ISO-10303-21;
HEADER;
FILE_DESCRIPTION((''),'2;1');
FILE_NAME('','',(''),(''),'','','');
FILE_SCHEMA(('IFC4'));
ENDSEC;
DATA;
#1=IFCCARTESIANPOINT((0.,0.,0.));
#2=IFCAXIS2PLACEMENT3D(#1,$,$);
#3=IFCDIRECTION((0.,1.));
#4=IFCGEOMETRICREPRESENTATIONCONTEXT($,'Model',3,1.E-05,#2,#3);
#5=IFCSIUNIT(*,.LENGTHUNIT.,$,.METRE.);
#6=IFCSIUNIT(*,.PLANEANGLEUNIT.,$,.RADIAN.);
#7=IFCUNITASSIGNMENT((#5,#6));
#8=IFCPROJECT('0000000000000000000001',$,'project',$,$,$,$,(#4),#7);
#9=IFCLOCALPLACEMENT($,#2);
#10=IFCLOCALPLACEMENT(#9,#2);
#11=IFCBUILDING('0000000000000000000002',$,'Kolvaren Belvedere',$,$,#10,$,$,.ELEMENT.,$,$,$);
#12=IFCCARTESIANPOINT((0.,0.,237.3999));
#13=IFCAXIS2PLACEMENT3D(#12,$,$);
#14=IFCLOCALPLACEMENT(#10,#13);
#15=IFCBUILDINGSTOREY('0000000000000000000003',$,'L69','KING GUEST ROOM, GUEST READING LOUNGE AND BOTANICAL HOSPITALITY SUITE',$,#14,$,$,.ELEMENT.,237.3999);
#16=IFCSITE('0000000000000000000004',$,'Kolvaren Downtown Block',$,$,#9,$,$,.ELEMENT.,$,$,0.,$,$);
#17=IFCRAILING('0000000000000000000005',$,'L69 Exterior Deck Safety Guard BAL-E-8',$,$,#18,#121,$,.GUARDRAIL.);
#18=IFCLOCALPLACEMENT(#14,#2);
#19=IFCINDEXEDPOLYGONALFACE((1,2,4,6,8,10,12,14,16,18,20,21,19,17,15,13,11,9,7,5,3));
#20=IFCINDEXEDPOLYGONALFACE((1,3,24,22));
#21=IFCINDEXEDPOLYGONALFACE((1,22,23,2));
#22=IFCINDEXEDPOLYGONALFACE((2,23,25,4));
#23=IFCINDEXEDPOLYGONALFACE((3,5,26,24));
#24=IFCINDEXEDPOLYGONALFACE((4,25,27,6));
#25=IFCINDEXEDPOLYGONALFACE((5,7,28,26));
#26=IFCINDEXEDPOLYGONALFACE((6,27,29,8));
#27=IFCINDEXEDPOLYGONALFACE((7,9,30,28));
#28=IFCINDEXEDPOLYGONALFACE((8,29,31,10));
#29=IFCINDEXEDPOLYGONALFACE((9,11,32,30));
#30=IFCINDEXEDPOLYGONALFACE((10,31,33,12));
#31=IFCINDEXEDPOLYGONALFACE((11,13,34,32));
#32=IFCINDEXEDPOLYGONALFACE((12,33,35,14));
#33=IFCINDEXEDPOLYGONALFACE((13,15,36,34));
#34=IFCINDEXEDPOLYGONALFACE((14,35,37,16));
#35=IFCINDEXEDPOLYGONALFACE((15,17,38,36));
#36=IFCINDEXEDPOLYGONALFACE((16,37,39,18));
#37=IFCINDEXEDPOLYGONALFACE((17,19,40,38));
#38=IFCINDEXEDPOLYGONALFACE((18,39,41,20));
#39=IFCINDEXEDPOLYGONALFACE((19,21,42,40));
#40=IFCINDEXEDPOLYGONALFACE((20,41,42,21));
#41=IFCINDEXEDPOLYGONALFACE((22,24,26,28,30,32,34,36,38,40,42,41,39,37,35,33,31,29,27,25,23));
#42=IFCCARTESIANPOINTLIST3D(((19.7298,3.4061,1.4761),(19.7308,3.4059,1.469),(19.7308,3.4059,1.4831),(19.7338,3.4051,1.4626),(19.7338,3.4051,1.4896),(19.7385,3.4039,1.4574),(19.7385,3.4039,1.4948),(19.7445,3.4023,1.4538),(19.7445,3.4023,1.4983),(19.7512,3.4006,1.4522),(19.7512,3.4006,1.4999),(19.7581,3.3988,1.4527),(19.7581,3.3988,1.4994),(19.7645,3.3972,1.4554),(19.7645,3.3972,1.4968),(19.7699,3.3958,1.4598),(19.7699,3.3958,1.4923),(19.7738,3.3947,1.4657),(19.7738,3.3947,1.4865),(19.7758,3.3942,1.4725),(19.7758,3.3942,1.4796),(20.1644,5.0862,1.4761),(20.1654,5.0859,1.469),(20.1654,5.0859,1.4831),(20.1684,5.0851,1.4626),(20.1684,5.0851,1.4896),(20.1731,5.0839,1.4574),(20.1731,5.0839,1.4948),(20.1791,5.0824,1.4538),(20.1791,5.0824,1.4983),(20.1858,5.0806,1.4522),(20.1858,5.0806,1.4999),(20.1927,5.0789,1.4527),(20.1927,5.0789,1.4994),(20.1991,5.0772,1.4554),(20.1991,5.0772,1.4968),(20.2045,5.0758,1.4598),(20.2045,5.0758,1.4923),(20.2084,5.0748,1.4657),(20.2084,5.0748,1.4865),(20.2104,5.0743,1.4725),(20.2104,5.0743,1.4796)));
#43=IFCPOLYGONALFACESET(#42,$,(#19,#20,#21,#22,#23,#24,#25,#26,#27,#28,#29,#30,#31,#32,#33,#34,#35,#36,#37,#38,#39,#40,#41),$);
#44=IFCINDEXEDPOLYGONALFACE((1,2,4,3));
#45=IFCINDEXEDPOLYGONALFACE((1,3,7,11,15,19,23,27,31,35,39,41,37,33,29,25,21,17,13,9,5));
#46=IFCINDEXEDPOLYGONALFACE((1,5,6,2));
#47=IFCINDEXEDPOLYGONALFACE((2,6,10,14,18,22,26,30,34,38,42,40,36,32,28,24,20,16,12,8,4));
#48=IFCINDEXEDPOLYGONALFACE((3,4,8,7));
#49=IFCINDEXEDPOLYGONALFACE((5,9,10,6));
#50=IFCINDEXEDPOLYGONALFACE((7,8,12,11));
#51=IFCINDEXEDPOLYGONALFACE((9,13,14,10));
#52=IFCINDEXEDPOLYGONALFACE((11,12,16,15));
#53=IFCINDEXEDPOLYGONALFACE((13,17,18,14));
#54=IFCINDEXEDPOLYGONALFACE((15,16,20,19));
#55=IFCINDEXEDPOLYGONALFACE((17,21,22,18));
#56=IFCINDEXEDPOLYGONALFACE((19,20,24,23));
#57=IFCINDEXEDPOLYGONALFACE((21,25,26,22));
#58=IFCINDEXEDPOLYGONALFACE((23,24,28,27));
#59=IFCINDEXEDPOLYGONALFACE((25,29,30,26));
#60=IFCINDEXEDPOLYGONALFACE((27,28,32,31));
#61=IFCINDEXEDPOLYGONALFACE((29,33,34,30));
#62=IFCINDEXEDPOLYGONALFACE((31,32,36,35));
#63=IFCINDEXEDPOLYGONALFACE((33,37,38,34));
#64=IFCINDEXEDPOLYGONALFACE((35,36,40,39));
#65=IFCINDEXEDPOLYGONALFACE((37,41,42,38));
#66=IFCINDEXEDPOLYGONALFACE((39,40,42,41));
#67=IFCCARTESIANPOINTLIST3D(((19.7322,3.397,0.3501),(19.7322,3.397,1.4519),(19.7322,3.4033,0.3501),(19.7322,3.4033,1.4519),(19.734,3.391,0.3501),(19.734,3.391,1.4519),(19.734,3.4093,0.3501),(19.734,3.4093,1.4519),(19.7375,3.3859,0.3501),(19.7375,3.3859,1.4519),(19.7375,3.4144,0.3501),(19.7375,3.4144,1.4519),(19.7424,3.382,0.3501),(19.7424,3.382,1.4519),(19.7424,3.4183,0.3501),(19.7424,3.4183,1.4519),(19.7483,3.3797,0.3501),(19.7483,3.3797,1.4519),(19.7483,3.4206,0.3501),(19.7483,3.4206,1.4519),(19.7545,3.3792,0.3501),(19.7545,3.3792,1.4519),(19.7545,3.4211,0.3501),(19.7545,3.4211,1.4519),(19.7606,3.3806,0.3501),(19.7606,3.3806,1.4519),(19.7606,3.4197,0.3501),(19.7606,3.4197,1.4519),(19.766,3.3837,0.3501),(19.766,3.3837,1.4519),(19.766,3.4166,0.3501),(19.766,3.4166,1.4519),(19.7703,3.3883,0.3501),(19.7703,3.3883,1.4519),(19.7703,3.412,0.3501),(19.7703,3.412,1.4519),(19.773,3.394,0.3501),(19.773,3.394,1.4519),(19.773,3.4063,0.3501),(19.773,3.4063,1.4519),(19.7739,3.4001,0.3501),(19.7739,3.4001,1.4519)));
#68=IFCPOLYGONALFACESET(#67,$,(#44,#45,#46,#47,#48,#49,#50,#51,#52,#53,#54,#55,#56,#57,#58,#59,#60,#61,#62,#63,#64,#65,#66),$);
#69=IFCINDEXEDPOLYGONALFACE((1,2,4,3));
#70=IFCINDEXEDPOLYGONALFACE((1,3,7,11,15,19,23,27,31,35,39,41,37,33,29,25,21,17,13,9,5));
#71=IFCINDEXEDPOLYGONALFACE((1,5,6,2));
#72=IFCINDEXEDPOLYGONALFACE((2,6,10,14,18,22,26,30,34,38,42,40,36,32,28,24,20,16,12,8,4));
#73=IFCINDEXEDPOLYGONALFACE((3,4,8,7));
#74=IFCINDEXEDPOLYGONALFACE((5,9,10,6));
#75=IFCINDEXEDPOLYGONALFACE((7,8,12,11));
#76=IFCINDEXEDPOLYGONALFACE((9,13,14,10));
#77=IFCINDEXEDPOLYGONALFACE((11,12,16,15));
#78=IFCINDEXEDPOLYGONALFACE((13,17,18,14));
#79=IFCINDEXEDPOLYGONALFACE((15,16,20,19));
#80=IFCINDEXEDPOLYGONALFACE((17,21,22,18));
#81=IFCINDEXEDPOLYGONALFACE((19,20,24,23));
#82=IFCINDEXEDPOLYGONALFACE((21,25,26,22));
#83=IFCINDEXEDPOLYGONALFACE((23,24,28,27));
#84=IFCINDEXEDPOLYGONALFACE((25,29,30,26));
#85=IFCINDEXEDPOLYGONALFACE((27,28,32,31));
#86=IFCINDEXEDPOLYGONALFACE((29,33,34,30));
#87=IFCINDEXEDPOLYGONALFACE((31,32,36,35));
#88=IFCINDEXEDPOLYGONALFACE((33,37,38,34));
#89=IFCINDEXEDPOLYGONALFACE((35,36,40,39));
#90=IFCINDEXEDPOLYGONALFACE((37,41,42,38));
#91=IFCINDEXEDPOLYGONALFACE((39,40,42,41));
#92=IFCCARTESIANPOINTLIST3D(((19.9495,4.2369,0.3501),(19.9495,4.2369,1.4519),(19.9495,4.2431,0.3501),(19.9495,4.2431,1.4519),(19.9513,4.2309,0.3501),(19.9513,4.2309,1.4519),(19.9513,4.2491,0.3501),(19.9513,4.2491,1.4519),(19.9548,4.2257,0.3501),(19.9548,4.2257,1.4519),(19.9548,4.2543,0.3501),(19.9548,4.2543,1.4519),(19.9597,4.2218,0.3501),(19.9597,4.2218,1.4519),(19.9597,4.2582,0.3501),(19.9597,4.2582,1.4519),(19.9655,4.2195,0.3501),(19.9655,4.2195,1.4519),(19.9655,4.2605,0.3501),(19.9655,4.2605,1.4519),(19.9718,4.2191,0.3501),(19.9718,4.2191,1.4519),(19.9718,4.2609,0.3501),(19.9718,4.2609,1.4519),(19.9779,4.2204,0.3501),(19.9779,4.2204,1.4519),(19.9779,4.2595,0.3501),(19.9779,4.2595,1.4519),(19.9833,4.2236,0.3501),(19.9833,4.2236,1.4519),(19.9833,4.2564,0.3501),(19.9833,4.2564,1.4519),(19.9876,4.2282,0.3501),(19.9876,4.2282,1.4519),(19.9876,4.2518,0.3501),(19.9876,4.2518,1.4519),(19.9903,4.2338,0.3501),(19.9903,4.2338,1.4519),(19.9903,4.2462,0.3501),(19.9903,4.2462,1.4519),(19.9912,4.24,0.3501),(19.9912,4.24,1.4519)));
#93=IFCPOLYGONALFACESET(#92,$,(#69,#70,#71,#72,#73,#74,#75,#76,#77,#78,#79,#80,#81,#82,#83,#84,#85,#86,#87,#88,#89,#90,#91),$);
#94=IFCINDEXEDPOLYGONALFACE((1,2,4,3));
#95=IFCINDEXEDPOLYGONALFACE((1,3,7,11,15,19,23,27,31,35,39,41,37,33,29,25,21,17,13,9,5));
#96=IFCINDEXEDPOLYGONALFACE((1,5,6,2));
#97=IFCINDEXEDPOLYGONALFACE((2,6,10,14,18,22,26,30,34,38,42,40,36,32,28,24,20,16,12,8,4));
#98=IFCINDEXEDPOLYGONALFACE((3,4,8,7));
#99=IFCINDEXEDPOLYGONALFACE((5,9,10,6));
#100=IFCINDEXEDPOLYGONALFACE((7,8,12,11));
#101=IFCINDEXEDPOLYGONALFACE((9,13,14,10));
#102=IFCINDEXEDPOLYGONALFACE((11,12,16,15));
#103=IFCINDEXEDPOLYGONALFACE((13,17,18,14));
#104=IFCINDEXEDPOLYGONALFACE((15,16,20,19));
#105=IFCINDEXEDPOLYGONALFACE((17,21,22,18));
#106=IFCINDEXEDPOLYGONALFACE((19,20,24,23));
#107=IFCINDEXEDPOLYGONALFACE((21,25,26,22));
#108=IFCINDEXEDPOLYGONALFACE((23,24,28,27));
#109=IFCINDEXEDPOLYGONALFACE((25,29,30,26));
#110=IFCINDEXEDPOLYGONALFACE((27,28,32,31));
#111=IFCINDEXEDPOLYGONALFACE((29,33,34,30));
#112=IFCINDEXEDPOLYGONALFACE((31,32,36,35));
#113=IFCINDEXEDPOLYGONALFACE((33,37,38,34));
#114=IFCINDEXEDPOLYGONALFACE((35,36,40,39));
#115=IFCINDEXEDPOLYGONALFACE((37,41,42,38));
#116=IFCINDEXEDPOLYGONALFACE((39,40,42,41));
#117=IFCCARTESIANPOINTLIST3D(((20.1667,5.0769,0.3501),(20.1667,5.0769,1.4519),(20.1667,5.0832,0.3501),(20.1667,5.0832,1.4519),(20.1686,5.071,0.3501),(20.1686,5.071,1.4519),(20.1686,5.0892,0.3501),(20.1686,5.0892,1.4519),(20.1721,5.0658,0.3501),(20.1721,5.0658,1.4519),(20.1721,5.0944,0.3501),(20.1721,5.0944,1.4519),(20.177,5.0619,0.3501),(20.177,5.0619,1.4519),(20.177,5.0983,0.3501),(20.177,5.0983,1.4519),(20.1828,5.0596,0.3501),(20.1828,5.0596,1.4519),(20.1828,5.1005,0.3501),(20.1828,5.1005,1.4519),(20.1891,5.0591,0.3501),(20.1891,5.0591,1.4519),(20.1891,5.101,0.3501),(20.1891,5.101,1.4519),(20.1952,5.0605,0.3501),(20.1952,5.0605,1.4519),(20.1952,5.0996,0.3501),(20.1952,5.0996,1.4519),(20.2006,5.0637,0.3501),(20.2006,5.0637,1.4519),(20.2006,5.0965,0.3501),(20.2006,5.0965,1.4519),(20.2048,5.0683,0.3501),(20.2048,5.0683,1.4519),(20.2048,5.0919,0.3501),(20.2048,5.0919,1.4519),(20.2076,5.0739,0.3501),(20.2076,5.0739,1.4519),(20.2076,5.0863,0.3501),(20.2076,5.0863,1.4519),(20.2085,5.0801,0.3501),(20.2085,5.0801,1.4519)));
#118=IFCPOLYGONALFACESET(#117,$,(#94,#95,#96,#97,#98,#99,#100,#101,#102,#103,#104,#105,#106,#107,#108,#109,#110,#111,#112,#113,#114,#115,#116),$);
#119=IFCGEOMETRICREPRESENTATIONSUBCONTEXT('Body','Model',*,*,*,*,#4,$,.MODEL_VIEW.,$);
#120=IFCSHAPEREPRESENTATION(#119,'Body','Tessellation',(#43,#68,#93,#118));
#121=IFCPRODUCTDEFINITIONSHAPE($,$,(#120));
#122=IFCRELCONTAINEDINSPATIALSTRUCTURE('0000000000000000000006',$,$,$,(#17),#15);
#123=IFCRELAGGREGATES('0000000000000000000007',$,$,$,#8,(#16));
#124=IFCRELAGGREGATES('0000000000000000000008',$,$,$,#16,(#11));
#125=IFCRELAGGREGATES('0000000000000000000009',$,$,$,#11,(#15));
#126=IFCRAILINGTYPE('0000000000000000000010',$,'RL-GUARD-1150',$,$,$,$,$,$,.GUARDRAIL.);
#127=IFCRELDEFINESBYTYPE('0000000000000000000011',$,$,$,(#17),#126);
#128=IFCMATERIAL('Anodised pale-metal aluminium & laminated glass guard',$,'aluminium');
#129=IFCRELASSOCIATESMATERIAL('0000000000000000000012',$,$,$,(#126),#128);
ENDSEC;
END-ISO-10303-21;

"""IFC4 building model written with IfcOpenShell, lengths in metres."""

from ifc_helpers import new_model, si_unit, direction, frame, origin, origin_2d, place, context, subcontext, project, spatial, circle, extrude, material, type_object, element, save


model = new_model("IFC4")

# Units and contexts
model_context = context("Model", 3, precision=1e-05, world=origin(), true_north=direction((0.0, 1.0)))
body_context = subcontext(model_context, "Body", "Model", "MODEL_VIEW")
ifc_project = project(units=[si_unit("LENGTHUNIT", "METRE"), si_unit("PLANEANGLEUNIT", "RADIAN")], contexts=[model_context])

# Site, building, storey
site_placement = place(None, origin())
site = spatial("IfcSite", under=ifc_project, at=site_placement, Name="Kolvaren Downtown Block", CompositionType="ELEMENT", RefElevation=0.0)
building_placement = place(site_placement, origin())
building = spatial("IfcBuilding", under=site, at=building_placement, Name="Kolvaren Belvedere", CompositionType="ELEMENT")
storey_placement = place(building_placement, frame((0.0, 0.0, 237.3999)))
storey = spatial("IfcBuildingStorey", under=building, at=storey_placement, Name="L69", Description="KING GUEST ROOM, GUEST READING LOUNGE AND BOTANICAL HOSPITALITY SUITE", CompositionType="ELEMENT", Elevation=237.3999)

# Railing
ifc_material_1 = material(Name="Anodised pale-metal aluminium & laminated glass guard", Category="aluminium")
railing_type = type_object("IfcRailingType", Name="RL-GUARD-1150", PredefinedType="GUARDRAIL", material=ifc_material_1)
railing_1_placement = place(storey_placement, frame((19.7529, 3.4001, 0.3501)))
element("IfcRailing", 1, at=railing_1_placement, inside=storey, type_object=railing_type, Name="L69 Exterior Deck Safety Guard BAL-E-8", PredefinedType="GUARDRAIL", context=body_context, shape_type="SweptSolid", body=[
    extrude(circle(Radius=0.0239, at=origin_2d()), frame((0.0, 0.0, 1.126), z_axis=(0.25044, 0.968132, 0.0), x_axis=(-0.968132, 0.25044, 0.0)), (0.0, 0.0, 1.0), 1.7354),
    extrude(circle(Radius=0.021, at=origin_2d()), origin(), (0.0, 0.0, 1.0), 1.1018),
    extrude(circle(Radius=0.021, at=origin_2d()), frame((0.2173, 0.8398, 0.0)), (0.0, 0.0, 1.0), 1.1018),
    extrude(circle(Radius=0.021, at=origin_2d()), frame((0.4346, 1.6799, 0.0)), (0.0, 0.0, 1.0), 1.1018),
])

save(model, "model.ifc")
